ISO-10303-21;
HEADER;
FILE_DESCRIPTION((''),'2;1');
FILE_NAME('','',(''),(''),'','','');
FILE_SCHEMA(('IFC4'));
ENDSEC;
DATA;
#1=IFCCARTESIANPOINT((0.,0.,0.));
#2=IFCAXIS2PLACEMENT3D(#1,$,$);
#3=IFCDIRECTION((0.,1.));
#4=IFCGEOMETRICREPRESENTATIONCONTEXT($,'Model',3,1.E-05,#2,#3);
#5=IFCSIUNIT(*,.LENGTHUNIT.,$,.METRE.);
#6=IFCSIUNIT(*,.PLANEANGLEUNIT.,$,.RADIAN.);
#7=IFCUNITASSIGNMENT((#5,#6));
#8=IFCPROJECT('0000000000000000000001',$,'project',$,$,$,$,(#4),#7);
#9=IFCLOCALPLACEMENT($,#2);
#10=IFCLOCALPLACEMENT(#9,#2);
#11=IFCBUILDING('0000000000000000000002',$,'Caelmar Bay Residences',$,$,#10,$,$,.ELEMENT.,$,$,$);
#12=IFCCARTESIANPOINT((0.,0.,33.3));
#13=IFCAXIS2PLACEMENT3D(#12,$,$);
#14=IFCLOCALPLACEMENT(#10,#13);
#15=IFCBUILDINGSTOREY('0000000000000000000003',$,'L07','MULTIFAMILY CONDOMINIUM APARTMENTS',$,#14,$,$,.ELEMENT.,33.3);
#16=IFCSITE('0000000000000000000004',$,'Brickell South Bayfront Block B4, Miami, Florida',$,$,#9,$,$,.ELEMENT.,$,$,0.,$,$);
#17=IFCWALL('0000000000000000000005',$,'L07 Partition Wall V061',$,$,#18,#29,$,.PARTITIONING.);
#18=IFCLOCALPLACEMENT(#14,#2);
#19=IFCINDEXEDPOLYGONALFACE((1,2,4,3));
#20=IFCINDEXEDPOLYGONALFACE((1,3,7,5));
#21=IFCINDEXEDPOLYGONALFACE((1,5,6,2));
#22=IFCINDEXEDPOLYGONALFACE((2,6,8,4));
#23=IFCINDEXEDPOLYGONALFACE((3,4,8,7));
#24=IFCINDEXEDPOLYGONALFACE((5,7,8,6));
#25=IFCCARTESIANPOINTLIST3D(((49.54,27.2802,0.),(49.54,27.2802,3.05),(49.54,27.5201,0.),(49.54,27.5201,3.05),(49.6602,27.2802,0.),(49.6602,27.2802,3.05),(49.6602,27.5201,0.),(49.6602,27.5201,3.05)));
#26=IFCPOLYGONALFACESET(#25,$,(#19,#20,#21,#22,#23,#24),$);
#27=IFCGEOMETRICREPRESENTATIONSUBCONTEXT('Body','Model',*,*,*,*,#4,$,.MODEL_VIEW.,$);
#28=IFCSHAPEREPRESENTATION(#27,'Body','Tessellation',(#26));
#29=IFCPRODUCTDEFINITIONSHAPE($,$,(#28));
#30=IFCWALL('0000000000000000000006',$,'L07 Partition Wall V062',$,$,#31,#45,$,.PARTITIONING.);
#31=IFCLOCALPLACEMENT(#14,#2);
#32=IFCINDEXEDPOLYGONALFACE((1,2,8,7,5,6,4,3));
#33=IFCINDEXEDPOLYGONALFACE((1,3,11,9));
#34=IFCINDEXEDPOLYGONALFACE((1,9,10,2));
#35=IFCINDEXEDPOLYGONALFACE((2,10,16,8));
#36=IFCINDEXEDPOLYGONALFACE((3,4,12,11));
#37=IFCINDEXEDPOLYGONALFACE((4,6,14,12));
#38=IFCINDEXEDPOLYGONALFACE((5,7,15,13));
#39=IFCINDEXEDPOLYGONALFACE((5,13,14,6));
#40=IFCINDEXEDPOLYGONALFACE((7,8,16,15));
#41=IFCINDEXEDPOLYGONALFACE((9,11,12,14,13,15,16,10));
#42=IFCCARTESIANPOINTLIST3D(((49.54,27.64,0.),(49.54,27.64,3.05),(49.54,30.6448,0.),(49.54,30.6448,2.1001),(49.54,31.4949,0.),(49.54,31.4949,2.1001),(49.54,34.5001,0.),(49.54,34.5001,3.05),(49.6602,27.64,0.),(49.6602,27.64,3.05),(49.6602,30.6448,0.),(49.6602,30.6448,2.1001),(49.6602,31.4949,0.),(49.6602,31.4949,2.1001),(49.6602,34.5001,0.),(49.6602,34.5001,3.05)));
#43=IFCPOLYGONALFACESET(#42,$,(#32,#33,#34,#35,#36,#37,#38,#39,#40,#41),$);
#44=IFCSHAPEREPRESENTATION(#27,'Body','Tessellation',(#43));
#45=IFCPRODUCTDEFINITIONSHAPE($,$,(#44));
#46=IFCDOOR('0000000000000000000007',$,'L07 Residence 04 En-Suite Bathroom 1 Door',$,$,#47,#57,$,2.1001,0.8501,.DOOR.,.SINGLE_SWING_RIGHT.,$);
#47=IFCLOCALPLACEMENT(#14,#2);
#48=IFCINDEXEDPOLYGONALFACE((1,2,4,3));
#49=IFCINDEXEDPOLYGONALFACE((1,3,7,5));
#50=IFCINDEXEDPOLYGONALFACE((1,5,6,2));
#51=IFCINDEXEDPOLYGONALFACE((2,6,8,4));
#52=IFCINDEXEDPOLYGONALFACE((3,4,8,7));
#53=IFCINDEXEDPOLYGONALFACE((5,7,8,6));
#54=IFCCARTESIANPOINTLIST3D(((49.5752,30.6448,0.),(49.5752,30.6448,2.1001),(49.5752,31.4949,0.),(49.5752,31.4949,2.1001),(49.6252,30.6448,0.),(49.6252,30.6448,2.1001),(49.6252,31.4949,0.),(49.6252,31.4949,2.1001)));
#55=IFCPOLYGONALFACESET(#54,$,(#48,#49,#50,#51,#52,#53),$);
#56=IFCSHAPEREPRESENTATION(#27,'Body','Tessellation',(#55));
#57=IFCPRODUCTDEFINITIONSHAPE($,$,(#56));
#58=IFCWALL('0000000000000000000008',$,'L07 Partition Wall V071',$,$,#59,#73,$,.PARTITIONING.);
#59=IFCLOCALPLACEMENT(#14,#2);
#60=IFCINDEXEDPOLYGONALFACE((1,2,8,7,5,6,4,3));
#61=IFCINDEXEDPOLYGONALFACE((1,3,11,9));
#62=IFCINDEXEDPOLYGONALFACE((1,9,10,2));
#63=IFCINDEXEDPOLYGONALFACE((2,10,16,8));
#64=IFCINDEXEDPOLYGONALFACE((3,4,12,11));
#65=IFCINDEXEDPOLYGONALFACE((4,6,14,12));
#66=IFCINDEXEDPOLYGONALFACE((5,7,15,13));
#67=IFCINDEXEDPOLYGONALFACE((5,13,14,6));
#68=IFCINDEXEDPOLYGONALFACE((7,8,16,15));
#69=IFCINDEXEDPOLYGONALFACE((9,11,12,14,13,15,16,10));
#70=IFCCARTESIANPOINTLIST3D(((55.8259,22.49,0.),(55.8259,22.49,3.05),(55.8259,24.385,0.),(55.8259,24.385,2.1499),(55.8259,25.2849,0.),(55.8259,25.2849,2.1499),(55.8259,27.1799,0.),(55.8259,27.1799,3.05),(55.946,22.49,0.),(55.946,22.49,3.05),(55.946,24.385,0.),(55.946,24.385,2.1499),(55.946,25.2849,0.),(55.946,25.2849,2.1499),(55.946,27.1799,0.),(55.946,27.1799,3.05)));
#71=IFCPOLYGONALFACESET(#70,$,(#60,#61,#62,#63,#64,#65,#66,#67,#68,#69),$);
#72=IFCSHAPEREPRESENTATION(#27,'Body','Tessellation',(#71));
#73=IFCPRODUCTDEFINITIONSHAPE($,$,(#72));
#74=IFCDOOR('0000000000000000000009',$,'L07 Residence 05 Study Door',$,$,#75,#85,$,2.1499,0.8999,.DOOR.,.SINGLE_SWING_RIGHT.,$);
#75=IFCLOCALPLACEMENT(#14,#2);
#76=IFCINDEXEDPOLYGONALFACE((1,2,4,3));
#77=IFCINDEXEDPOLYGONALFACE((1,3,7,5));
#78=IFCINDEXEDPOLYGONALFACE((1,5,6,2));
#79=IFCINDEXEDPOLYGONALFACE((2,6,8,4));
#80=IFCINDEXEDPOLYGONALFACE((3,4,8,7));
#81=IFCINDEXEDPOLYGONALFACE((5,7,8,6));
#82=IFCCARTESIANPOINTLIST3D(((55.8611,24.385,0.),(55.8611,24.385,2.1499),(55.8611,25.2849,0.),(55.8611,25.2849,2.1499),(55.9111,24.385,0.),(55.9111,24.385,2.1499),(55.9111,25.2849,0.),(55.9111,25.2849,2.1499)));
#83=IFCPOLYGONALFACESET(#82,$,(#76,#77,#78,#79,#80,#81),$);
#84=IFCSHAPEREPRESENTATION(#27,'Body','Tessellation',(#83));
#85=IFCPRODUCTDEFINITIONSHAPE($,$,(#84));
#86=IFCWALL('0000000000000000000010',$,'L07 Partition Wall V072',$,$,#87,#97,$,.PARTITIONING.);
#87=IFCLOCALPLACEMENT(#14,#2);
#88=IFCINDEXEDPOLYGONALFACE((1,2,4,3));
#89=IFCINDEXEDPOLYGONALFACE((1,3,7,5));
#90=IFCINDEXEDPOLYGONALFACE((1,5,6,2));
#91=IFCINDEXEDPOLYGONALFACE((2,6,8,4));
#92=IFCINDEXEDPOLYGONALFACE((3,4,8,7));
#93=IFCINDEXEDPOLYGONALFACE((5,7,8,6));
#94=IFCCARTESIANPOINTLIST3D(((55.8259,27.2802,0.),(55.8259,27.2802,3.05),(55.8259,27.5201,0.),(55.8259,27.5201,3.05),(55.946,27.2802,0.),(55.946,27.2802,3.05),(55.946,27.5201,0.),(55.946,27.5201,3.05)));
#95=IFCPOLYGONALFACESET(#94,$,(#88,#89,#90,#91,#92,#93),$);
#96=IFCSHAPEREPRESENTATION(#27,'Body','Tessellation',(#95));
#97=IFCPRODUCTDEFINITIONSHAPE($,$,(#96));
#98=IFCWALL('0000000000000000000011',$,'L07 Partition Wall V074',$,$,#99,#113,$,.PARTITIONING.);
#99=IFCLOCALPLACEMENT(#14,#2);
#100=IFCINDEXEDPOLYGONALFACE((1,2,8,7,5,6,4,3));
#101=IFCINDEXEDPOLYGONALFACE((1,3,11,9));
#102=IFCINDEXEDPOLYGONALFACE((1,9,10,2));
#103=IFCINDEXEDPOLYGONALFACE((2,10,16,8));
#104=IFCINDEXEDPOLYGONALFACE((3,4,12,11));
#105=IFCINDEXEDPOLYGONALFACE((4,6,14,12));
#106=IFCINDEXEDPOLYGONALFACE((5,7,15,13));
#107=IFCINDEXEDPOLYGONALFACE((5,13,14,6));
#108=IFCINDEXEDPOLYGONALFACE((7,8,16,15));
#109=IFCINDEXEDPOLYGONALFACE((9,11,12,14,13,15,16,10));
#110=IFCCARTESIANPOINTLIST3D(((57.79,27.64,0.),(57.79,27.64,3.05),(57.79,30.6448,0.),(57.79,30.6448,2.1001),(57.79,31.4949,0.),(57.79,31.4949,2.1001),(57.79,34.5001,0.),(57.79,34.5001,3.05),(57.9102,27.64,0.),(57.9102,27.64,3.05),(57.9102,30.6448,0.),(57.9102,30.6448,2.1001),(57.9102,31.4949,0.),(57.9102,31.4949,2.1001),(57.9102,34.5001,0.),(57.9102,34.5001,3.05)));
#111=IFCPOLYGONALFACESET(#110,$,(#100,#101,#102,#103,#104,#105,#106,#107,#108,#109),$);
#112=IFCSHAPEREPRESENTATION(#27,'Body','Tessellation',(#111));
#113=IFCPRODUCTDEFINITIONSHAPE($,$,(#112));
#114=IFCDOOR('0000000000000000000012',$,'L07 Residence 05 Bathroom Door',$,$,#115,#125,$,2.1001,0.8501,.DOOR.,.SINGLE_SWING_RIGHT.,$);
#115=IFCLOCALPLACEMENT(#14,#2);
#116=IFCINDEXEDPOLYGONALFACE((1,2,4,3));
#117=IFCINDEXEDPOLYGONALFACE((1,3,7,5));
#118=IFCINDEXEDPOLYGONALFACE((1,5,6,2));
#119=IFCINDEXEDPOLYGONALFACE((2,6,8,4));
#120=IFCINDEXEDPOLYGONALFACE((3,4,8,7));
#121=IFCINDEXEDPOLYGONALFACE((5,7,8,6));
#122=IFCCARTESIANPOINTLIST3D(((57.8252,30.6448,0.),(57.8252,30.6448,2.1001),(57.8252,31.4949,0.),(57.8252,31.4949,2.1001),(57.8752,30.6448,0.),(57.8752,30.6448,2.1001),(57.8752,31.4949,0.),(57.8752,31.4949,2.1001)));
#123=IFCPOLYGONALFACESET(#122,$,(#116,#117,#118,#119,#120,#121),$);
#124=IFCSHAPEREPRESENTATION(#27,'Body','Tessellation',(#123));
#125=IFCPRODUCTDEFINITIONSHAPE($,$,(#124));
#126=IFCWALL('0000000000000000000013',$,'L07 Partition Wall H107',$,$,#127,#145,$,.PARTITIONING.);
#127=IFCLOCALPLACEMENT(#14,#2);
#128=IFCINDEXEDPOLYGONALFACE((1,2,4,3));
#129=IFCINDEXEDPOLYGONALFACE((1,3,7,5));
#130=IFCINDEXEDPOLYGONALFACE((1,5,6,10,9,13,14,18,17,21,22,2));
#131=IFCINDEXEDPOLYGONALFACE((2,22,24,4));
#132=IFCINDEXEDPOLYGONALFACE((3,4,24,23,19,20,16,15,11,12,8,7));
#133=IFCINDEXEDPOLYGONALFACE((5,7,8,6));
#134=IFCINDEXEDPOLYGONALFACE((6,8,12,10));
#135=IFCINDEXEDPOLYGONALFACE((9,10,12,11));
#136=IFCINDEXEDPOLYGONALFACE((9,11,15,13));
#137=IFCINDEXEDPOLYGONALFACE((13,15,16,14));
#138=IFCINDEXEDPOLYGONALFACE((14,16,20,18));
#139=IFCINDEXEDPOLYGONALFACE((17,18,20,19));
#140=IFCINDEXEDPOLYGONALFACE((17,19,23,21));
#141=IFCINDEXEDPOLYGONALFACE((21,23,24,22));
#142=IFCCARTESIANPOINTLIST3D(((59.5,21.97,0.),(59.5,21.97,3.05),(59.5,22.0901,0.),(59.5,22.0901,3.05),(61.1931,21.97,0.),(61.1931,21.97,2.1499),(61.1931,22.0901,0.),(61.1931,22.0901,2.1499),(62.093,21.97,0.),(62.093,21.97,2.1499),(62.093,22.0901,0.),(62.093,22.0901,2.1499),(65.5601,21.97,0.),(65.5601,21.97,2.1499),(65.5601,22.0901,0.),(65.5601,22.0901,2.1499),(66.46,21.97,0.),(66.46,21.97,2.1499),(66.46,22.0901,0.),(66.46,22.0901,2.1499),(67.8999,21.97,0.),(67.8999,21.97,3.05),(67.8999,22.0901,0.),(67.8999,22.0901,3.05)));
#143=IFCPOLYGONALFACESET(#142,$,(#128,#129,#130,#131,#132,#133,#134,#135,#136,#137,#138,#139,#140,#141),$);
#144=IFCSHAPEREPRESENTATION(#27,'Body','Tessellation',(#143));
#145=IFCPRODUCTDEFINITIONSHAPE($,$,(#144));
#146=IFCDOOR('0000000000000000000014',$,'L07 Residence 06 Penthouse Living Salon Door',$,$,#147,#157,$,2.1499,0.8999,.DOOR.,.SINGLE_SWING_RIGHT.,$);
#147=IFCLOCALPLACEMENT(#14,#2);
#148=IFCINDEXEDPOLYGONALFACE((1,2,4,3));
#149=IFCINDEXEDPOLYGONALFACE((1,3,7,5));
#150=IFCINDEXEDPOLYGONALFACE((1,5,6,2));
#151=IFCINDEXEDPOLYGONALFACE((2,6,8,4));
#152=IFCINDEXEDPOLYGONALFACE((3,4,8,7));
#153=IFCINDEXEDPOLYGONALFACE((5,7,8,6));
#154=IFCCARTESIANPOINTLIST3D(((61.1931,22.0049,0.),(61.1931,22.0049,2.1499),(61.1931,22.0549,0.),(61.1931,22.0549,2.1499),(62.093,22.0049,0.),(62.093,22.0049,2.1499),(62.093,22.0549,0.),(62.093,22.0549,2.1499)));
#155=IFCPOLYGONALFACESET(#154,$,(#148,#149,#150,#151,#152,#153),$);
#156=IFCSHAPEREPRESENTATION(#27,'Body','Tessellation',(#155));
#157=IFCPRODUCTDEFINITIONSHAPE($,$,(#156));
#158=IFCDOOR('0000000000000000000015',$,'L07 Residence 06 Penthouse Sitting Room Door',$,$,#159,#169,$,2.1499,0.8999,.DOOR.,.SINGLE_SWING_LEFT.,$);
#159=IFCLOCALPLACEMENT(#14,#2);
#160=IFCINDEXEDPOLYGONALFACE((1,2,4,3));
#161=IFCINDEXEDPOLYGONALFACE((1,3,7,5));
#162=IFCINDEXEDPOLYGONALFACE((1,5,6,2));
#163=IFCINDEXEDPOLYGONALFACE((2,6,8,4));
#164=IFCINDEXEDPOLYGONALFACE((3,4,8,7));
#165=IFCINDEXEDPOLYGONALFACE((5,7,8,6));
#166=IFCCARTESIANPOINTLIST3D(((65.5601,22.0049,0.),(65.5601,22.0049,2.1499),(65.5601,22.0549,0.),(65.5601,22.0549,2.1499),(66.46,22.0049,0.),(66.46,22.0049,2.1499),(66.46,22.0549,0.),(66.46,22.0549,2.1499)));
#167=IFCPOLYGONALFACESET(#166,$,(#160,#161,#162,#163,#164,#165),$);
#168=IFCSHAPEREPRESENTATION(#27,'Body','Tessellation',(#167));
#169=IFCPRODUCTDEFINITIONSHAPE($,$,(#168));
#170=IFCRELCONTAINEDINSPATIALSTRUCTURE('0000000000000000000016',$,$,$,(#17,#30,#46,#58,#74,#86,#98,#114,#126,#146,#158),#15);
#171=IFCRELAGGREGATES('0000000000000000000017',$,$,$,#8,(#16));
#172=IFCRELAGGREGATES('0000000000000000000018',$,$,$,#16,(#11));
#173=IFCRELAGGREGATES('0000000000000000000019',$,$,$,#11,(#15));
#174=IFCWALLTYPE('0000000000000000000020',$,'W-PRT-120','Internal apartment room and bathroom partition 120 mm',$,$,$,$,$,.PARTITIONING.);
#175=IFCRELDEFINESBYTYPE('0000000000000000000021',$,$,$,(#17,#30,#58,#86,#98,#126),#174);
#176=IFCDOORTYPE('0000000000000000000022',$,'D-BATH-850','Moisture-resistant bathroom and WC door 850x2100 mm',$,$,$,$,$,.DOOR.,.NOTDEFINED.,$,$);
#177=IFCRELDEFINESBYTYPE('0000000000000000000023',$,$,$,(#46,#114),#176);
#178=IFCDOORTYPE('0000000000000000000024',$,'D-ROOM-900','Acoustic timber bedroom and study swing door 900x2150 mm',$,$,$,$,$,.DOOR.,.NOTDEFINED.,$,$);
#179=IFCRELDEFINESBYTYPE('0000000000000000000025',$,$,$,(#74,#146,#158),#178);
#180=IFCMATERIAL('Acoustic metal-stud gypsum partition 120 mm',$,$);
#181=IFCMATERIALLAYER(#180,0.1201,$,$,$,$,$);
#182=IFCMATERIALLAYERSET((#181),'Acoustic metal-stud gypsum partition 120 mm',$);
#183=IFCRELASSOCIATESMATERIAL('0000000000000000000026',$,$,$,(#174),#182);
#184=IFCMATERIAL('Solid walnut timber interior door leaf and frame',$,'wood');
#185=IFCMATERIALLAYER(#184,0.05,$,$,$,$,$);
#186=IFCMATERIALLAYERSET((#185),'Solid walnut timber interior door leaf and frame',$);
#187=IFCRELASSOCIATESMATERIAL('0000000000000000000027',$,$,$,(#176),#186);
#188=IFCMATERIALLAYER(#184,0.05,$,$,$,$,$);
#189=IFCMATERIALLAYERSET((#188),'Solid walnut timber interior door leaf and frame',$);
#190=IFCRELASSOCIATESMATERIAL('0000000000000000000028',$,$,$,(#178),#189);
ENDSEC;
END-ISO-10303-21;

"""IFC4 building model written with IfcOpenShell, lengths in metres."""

from ifc_helpers import new_model, si_unit, direction, frame, frame_2d, origin, place, context, subcontext, project, spatial, rectangle, extrude, material, layer, layer_set, type_object, element, fill, save


model = new_model("IFC4")

# Units and contexts
model_context = context("Model", 3, precision=1e-05, world=origin(), true_north=direction((0.0, 1.0)))
body_context = subcontext(model_context, "Body", "Model", "MODEL_VIEW")
ifc_project = project(units=[si_unit("LENGTHUNIT", "METRE"), si_unit("PLANEANGLEUNIT", "RADIAN")], contexts=[model_context])

# Site, building, storey
site_placement = place(None, origin())
site = spatial("IfcSite", under=ifc_project, at=site_placement, Name="Brickell South Bayfront Block B4, Miami, Florida", CompositionType="ELEMENT", RefElevation=0.0)
building_placement = place(site_placement, origin())
building = spatial("IfcBuilding", under=site, at=building_placement, Name="Caelmar Bay Residences", CompositionType="ELEMENT")
storey_placement = place(building_placement, frame((0.0, 0.0, 33.3)))
storey = spatial("IfcBuildingStorey", under=building, at=storey_placement, Name="L07", Description="MULTIFAMILY CONDOMINIUM APARTMENTS", CompositionType="ELEMENT", Elevation=33.3)

# Wall
ifc_material_1 = material(Name="Acoustic metal-stud gypsum partition 120 mm")
ifc_layer_1 = layer(ifc_material_1, 0.1201)
ifc_layer_set_1 = layer_set([ifc_layer_1], Name="Acoustic metal-stud gypsum partition 120 mm")
wall_type_1 = type_object("IfcWallType", Name="W-PRT-120", Description="Internal apartment room and bathroom partition 120 mm", PredefinedType="PARTITIONING", material=ifc_layer_set_1)
wall_1_placement = place(storey_placement, frame((49.6001, 27.28, 0.0), z_axis=(0.0, 0.0, 1.0), x_axis=(0.0, 1.0, 0.0)))
element("IfcWall", 1, at=wall_1_placement, inside=storey, type_object=wall_type_1, Name="L07 Partition Wall V061", PredefinedType="PARTITIONING", context=body_context, shape_type="SweptSolid", body=[
    extrude(rectangle(XDim=0.24, YDim=0.1201, at=frame_2d((0.1201, 0.0))), origin(), (0.0, 0.0, 1.0), 3.05),
])

# Walls, openings, doors
wall_2_placement = place(storey_placement, frame((49.6001, 27.6399, 0.0), z_axis=(0.0, 0.0, 1.0), x_axis=(0.0, 1.0, 0.0)))
wall_2 = element("IfcWall", 2, at=wall_2_placement, inside=storey, type_object=wall_type_1, Name="L07 Partition Wall V062", PredefinedType="PARTITIONING", context=body_context, shape_type="SweptSolid", body=[
    extrude(rectangle(XDim=6.8601, YDim=0.1201, at=frame_2d((3.4302, 0.0))), origin(), (0.0, 0.0, 1.0), 3.05),
])
opening_1_placement = place(wall_2_placement, frame((3.0049, 0.0, 0.0)))
opening_1 = element("IfcOpeningElement", 3, at=opening_1_placement, cuts=wall_2, PredefinedType="OPENING", context=body_context, shape_type="SweptSolid", body=[
    extrude(rectangle(XDim=0.8501, YDim=2.1001, at=frame_2d((0.425, 1.05))), frame((0.0, 0.0701, 0.0), z_axis=(0.0, -1.0, 0.0), x_axis=(1.0, 0.0, 0.0)), (0.0, 0.0, 1.0), 0.1401),
])
ifc_material_2 = material(Name="Solid walnut timber interior door leaf and frame", Category="wood")
ifc_layer_2 = layer(ifc_material_2, 0.05)
ifc_layer_set_2 = layer_set([ifc_layer_2], Name="Solid walnut timber interior door leaf and frame")
door_type_1 = type_object("IfcDoorType", Name="D-BATH-850", Description="Moisture-resistant bathroom and WC door 850x2100 mm", OperationType="NOTDEFINED", PredefinedType="DOOR", material=ifc_layer_set_2)
door_1_placement = place(opening_1_placement, origin())
door_1 = element("IfcDoor", 4, at=door_1_placement, inside=storey, type_object=door_type_1, Name="L07 Residence 04 En-Suite Bathroom 1 Door", OperationType="SINGLE_SWING_RIGHT", OverallHeight=2.1001, OverallWidth=0.8501, PredefinedType="DOOR", context=body_context, shape_type="SweptSolid", body=[
    extrude(rectangle(XDim=0.8501, YDim=2.1001, at=frame_2d((0.425, 1.05))), frame((0.0, 0.0249, 0.0), z_axis=(0.0, -1.0, 0.0), x_axis=(1.0, 0.0, 0.0)), (0.0, 0.0, 1.0), 0.05),
])
fill(opening_1, door_1)
wall_3_placement = place(storey_placement, frame((55.886, 22.49, 0.0), z_axis=(0.0, 0.0, 1.0), x_axis=(0.0, 1.0, 0.0)))
wall_3 = element("IfcWall", 5, at=wall_3_placement, inside=storey, type_object=wall_type_1, Name="L07 Partition Wall V071", PredefinedType="PARTITIONING", context=body_context, shape_type="SweptSolid", body=[
    extrude(rectangle(XDim=4.6899, YDim=0.1201, at=frame_2d((2.345, 0.0))), origin(), (0.0, 0.0, 1.0), 3.05),
])
opening_2_placement = place(wall_3_placement, frame((1.895, 0.0, 0.0)))
opening_2 = element("IfcOpeningElement", 6, at=opening_2_placement, cuts=wall_3, PredefinedType="OPENING", context=body_context, shape_type="SweptSolid", body=[
    extrude(rectangle(XDim=0.8999, YDim=2.1499, at=frame_2d((0.45, 1.075))), frame((0.0, 0.0701, 0.0), z_axis=(0.0, -1.0, 0.0), x_axis=(1.0, 0.0, 0.0)), (0.0, 0.0, 1.0), 0.1401),
])
ifc_layer_3 = layer(ifc_material_2, 0.05)
ifc_layer_set_3 = layer_set([ifc_layer_3], Name="Solid walnut timber interior door leaf and frame")
door_type_2 = type_object("IfcDoorType", Name="D-ROOM-900", Description="Acoustic timber bedroom and study swing door 900x2150 mm", OperationType="NOTDEFINED", PredefinedType="DOOR", material=ifc_layer_set_3)
door_2_placement = place(opening_2_placement, origin())
door_2 = element("IfcDoor", 7, at=door_2_placement, inside=storey, type_object=door_type_2, Name="L07 Residence 05 Study Door", OperationType="SINGLE_SWING_RIGHT", OverallHeight=2.1499, OverallWidth=0.8999, PredefinedType="DOOR", context=body_context, shape_type="SweptSolid", body=[
    extrude(rectangle(XDim=0.8999, YDim=2.1499, at=frame_2d((0.45, 1.075))), frame((0.0, 0.0249, 0.0), z_axis=(0.0, -1.0, 0.0), x_axis=(1.0, 0.0, 0.0)), (0.0, 0.0, 1.0), 0.05),
])
fill(opening_2, door_2)

# Wall
wall_4_placement = place(storey_placement, frame((55.886, 27.28, 0.0), z_axis=(0.0, 0.0, 1.0), x_axis=(0.0, 1.0, 0.0)))
element("IfcWall", 8, at=wall_4_placement, inside=storey, type_object=wall_type_1, Name="L07 Partition Wall V072", PredefinedType="PARTITIONING", context=body_context, shape_type="SweptSolid", body=[
    extrude(rectangle(XDim=0.24, YDim=0.1201, at=frame_2d((0.1201, 0.0))), origin(), (0.0, 0.0, 1.0), 3.05),
])

# Wall, opening, door
wall_5_placement = place(storey_placement, frame((57.8501, 27.6399, 0.0), z_axis=(0.0, 0.0, 1.0), x_axis=(0.0, 1.0, 0.0)))
wall_5 = element("IfcWall", 9, at=wall_5_placement, inside=storey, type_object=wall_type_1, Name="L07 Partition Wall V074", PredefinedType="PARTITIONING", context=body_context, shape_type="SweptSolid", body=[
    extrude(rectangle(XDim=6.8601, YDim=0.1201, at=frame_2d((3.4302, 0.0))), origin(), (0.0, 0.0, 1.0), 3.05),
])
opening_3_placement = place(wall_5_placement, frame((3.0049, 0.0, 0.0)))
opening_3 = element("IfcOpeningElement", 10, at=opening_3_placement, cuts=wall_5, PredefinedType="OPENING", context=body_context, shape_type="SweptSolid", body=[
    extrude(rectangle(XDim=0.8501, YDim=2.1001, at=frame_2d((0.425, 1.05))), frame((0.0, 0.0701, 0.0), z_axis=(0.0, -1.0, 0.0), x_axis=(1.0, 0.0, 0.0)), (0.0, 0.0, 1.0), 0.1401),
])
door_3_placement = place(opening_3_placement, origin())
door_3 = element("IfcDoor", 11, at=door_3_placement, inside=storey, type_object=door_type_1, Name="L07 Residence 05 Bathroom Door", OperationType="SINGLE_SWING_RIGHT", OverallHeight=2.1001, OverallWidth=0.8501, PredefinedType="DOOR", context=body_context, shape_type="SweptSolid", body=[
    extrude(rectangle(XDim=0.8501, YDim=2.1001, at=frame_2d((0.425, 1.05))), frame((0.0, 0.0249, 0.0), z_axis=(0.0, -1.0, 0.0), x_axis=(1.0, 0.0, 0.0)), (0.0, 0.0, 1.0), 0.05),
])
fill(opening_3, door_3)

# Wall, openings, doors
wall_6_placement = place(storey_placement, frame((59.5, 22.03, 0.0), z_axis=(0.0, 0.0, 1.0), x_axis=(1.0, 0.0, 0.0)))
wall_6 = element("IfcWall", 12, at=wall_6_placement, inside=storey, type_object=wall_type_1, Name="L07 Partition Wall H107", PredefinedType="PARTITIONING", context=body_context, shape_type="SweptSolid", body=[
    extrude(rectangle(XDim=8.3999, YDim=0.1201, at=frame_2d((4.2, 0.0))), origin(), (0.0, 0.0, 1.0), 3.05),
])
opening_4_placement = place(wall_6_placement, frame((1.6931, 0.0, 0.0)))
opening_4 = element("IfcOpeningElement", 13, at=opening_4_placement, cuts=wall_6, PredefinedType="OPENING", context=body_context, shape_type="SweptSolid", body=[
    extrude(rectangle(XDim=0.8999, YDim=2.1499, at=frame_2d((0.45, 1.075))), frame((0.0, 0.0701, 0.0), z_axis=(0.0, -1.0, 0.0), x_axis=(1.0, 0.0, 0.0)), (0.0, 0.0, 1.0), 0.1401),
])
opening_5_placement = place(wall_6_placement, frame((6.0601, 0.0, 0.0)))
opening_5 = element("IfcOpeningElement", 14, at=opening_5_placement, cuts=wall_6, PredefinedType="OPENING", context=body_context, shape_type="SweptSolid", body=[
    extrude(rectangle(XDim=0.8999, YDim=2.1499, at=frame_2d((0.45, 1.075))), frame((0.0, 0.0701, 0.0), z_axis=(0.0, -1.0, 0.0), x_axis=(1.0, 0.0, 0.0)), (0.0, 0.0, 1.0), 0.1401),
])
door_4_placement = place(opening_4_placement, origin())
door_4 = element("IfcDoor", 15, at=door_4_placement, inside=storey, type_object=door_type_2, Name="L07 Residence 06 Penthouse Living Salon Door", OperationType="SINGLE_SWING_RIGHT", OverallHeight=2.1499, OverallWidth=0.8999, PredefinedType="DOOR", context=body_context, shape_type="SweptSolid", body=[
    extrude(rectangle(XDim=0.8999, YDim=2.1499, at=frame_2d((0.45, 1.075))), frame((0.0, 0.0249, 0.0), z_axis=(0.0, -1.0, 0.0), x_axis=(1.0, 0.0, 0.0)), (0.0, 0.0, 1.0), 0.05),
])
fill(opening_4, door_4)
door_5_placement = place(opening_5_placement, origin())
door_5 = element("IfcDoor", 16, at=door_5_placement, inside=storey, type_object=door_type_2, Name="L07 Residence 06 Penthouse Sitting Room Door", OperationType="SINGLE_SWING_LEFT", OverallHeight=2.1499, OverallWidth=0.8999, PredefinedType="DOOR", context=body_context, shape_type="SweptSolid", body=[
    extrude(rectangle(XDim=0.8999, YDim=2.1499, at=frame_2d((0.45, 1.075))), frame((0.0, 0.0249, 0.0), z_axis=(0.0, -1.0, 0.0), x_axis=(1.0, 0.0, 0.0)), (0.0, 0.0, 1.0), 0.05),
])
fill(opening_5, door_5)

save(model, "model.ifc")
